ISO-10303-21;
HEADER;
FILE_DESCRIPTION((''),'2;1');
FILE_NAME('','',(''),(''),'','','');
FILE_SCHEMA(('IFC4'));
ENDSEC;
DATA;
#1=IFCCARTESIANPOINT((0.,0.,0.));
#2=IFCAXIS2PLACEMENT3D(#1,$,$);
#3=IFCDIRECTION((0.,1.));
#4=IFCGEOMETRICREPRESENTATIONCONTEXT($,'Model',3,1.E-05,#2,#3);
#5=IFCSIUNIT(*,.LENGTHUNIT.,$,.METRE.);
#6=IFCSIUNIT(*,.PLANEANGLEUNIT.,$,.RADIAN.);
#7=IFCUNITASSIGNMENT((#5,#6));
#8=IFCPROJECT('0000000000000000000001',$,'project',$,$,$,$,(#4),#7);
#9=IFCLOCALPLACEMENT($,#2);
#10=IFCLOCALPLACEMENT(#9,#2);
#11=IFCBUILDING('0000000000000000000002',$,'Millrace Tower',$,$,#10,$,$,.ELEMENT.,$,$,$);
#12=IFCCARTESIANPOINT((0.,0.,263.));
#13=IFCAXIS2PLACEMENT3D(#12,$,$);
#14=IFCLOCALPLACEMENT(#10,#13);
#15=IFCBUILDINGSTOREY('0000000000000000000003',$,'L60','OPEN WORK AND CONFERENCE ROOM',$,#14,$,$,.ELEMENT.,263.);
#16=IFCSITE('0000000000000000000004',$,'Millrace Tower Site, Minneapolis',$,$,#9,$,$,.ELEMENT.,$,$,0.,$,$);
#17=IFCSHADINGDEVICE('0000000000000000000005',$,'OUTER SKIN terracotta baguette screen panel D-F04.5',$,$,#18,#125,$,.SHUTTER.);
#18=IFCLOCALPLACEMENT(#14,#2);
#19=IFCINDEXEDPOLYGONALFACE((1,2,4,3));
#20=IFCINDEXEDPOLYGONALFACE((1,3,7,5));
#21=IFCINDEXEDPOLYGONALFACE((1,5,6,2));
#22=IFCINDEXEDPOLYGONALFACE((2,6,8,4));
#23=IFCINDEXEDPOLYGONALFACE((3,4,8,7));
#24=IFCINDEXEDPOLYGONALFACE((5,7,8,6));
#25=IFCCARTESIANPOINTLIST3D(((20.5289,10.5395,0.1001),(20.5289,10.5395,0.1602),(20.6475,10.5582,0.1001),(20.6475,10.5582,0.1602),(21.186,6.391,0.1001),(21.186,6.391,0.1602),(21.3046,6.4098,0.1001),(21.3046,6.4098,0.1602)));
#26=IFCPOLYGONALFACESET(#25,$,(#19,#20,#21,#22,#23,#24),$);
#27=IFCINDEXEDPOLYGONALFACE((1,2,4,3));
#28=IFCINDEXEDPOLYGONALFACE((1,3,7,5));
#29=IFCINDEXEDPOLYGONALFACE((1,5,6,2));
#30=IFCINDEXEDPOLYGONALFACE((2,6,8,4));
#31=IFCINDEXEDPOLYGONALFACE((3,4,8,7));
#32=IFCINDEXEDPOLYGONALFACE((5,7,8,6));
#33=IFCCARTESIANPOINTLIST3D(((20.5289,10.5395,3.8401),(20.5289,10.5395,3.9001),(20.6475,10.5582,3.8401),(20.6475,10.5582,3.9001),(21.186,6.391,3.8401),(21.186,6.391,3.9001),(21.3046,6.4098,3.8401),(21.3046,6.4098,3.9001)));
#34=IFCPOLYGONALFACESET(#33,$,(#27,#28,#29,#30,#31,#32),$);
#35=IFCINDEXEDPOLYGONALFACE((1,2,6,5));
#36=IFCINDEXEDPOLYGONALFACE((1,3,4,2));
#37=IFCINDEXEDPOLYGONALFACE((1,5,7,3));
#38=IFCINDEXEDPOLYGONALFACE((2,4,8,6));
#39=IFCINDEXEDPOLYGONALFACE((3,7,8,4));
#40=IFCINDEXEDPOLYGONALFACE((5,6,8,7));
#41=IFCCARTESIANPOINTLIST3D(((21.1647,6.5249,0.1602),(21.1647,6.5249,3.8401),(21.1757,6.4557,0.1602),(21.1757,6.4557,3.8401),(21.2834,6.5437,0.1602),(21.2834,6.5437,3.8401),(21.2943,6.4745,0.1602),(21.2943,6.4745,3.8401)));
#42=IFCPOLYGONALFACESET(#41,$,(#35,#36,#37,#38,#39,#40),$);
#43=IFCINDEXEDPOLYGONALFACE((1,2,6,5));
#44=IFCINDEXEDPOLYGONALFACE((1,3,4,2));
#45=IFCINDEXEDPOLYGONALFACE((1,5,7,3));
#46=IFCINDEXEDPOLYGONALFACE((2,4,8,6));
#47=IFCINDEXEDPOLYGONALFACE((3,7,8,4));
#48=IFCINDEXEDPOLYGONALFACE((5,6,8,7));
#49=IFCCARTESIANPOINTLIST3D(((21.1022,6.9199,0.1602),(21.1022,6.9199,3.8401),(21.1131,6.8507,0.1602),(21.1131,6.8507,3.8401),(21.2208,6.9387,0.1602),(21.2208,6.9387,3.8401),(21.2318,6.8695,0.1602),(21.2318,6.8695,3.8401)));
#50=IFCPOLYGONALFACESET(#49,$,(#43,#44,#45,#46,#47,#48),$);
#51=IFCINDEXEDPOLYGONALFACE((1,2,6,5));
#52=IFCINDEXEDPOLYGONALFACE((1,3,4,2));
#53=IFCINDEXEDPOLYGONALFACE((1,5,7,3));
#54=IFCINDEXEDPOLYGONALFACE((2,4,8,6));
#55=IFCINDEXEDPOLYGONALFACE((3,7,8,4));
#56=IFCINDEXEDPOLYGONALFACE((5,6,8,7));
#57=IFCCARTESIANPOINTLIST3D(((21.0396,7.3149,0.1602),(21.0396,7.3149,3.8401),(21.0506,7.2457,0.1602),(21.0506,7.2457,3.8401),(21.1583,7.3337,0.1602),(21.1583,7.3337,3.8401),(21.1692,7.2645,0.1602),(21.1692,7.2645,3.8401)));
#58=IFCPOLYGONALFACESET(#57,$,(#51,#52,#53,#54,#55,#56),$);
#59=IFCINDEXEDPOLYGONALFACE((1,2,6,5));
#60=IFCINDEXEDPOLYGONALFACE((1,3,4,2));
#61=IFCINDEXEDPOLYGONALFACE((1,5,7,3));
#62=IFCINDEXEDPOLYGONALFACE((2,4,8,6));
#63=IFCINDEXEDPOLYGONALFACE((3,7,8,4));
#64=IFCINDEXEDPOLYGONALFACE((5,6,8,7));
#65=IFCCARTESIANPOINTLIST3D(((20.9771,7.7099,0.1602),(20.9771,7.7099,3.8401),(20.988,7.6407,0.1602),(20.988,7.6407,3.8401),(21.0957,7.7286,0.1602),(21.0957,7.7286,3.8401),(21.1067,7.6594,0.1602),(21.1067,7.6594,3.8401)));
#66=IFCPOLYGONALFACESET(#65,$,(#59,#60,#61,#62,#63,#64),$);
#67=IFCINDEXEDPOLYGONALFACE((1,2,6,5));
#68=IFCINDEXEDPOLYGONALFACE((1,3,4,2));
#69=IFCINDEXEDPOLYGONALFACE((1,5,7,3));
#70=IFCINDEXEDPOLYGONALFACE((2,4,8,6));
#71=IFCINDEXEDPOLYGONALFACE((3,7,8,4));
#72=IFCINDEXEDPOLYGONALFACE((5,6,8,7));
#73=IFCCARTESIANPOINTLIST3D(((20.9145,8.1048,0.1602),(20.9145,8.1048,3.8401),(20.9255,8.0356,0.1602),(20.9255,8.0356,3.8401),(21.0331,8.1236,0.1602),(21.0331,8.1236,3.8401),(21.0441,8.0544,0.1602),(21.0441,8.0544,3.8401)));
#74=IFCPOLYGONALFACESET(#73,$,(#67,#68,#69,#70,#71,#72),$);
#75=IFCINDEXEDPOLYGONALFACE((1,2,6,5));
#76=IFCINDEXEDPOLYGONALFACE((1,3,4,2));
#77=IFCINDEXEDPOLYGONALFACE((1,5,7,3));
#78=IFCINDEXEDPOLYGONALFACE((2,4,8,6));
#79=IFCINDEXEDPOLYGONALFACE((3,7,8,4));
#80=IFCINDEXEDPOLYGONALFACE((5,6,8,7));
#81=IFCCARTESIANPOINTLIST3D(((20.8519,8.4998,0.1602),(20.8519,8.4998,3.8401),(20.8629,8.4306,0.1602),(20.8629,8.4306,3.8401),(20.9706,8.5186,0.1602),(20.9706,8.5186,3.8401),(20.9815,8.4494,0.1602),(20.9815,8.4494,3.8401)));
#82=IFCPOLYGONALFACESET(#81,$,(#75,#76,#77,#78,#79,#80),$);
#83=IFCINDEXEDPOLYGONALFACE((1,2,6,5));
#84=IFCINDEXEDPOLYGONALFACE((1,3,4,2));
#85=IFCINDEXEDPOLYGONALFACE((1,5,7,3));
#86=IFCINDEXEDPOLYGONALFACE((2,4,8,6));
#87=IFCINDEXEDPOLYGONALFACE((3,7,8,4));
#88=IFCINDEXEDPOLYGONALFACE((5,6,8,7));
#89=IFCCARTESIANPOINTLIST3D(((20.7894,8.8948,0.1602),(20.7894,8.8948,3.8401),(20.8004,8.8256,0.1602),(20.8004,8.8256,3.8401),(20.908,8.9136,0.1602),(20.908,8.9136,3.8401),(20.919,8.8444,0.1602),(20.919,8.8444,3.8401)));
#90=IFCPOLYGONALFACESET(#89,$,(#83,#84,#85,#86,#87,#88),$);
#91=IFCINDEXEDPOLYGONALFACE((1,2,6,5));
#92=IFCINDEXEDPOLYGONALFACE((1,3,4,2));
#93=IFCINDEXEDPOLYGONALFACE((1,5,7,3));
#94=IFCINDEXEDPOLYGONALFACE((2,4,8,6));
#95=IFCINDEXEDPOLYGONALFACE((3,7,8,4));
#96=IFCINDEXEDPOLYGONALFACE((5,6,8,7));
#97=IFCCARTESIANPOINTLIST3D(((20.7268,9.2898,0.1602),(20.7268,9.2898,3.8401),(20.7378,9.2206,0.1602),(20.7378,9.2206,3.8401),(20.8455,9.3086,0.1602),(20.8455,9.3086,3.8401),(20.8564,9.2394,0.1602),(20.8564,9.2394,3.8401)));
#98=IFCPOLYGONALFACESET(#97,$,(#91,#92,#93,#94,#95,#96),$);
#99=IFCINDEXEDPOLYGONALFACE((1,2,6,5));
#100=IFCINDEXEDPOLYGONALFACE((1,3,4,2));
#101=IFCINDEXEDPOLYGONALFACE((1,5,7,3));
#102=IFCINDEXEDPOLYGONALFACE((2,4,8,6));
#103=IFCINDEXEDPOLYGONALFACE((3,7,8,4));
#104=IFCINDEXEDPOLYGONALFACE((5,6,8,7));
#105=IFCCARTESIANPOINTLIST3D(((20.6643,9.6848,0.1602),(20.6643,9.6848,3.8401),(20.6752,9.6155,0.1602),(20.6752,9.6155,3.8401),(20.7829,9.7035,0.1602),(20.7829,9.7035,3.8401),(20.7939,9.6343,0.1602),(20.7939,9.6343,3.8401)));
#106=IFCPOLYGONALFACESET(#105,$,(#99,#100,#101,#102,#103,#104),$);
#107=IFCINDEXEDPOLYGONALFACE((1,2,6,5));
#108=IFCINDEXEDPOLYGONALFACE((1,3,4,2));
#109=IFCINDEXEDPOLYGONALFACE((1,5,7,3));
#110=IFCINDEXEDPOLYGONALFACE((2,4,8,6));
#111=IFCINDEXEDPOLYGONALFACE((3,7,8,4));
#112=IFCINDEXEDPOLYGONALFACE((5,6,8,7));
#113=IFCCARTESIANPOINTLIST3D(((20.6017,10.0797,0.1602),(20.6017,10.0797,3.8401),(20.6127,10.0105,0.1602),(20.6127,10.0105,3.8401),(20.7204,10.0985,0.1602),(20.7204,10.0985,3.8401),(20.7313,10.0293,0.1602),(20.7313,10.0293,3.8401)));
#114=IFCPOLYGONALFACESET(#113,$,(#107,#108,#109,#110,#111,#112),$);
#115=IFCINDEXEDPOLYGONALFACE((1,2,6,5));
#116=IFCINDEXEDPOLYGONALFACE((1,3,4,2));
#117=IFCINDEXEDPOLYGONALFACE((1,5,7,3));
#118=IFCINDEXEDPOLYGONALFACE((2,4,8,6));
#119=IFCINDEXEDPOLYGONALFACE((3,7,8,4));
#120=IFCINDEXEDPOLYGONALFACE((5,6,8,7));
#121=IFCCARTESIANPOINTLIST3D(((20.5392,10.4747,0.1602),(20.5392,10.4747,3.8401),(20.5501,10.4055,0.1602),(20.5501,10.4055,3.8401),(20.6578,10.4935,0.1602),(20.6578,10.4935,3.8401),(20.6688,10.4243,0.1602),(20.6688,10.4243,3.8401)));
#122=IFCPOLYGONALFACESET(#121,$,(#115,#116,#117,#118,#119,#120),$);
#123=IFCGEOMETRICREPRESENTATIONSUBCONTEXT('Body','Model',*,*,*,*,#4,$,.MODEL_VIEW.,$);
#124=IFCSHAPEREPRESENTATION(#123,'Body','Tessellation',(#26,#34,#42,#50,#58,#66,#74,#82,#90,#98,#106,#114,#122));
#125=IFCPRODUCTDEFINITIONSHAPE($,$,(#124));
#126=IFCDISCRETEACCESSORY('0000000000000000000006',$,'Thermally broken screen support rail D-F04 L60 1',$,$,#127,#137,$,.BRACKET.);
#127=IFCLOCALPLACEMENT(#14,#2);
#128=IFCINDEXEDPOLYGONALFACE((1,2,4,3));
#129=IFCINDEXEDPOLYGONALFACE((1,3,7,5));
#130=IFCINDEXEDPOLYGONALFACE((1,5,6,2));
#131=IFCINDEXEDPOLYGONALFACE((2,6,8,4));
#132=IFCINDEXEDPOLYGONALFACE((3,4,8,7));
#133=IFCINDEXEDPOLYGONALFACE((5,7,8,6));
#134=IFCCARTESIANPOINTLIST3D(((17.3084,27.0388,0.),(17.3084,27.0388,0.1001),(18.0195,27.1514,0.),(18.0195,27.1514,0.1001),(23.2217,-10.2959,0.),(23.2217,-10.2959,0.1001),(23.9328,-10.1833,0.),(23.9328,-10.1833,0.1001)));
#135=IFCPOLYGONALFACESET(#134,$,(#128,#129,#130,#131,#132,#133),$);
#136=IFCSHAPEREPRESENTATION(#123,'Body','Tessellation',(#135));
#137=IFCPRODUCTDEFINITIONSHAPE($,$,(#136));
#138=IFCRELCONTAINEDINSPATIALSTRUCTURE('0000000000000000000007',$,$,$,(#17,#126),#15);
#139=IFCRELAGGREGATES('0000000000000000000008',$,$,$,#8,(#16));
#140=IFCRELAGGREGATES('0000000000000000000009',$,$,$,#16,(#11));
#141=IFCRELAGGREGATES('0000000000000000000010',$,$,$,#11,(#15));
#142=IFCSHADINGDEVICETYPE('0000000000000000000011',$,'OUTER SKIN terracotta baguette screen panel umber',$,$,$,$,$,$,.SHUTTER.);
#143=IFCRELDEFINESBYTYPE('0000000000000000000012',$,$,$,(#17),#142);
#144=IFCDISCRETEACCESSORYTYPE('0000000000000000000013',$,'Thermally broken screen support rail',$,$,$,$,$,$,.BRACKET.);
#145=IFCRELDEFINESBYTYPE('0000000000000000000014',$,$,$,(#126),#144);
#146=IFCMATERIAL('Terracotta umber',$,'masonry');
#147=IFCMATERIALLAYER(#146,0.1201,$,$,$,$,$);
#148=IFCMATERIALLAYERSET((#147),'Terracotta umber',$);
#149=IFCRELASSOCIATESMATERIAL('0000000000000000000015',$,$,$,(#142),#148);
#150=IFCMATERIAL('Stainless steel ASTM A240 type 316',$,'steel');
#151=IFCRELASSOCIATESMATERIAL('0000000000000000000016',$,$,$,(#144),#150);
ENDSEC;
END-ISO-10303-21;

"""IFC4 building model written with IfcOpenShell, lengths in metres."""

from ifc_helpers import new_model, entity, si_unit, direction, frame, frame_2d, origin, origin_2d, place, context, subcontext, project, spatial, rectangle, extrude, source, transform, mapped, material, layer, layer_set, type_object, element, save


model = new_model("IFC4")

# Units and contexts
model_context = context("Model", 3, precision=1e-05, world=origin(), true_north=direction((0.0, 1.0)))
body_context = subcontext(model_context, "Body", "Model", "MODEL_VIEW")
ifc_project = project(units=[si_unit("LENGTHUNIT", "METRE"), si_unit("PLANEANGLEUNIT", "RADIAN")], contexts=[model_context])

# Site, building, storey
site_placement = place(None, origin())
site = spatial("IfcSite", under=ifc_project, at=site_placement, Name="Millrace Tower Site, Minneapolis", CompositionType="ELEMENT", RefElevation=0.0)
building_placement = place(site_placement, origin())
building = spatial("IfcBuilding", under=site, at=building_placement, Name="Millrace Tower", CompositionType="ELEMENT")
storey_placement = place(building_placement, frame((0.0, 0.0, 263.0)))
storey = spatial("IfcBuildingStorey", under=building, at=storey_placement, Name="L60", Description="OPEN WORK AND CONFERENCE ROOM", CompositionType="ELEMENT", Elevation=263.0)

# Shading device
ifc_material_1 = material(Name="Terracotta umber", Category="masonry")
ifc_layer_1 = layer(ifc_material_1, 0.1201)
ifc_layer_set_1 = layer_set([ifc_layer_1], Name="Terracotta umber")
shading_device_type = type_object("IfcShadingDeviceType", Name="OUTER SKIN terracotta baguette screen panel umber", PredefinedType="SHUTTER", material=ifc_layer_set_1)
cartesian_point = entity("IfcCartesianPoint", [-2.1001, 0.0601])
shared_polyline = entity("IfcPolyline", [cartesian_point, entity("IfcCartesianPoint", [2.1001, 0.0601]), entity("IfcCartesianPoint", [2.1001, -0.0601]), entity("IfcCartesianPoint", [-2.1001, -0.0601]), cartesian_point])
shared_shape = source(origin(), body_context, "Body", "SweptSolid", [
    entity("IfcExtrudedAreaSolid", entity("IfcArbitraryClosedProfileDef", "AREA", None, shared_polyline), entity("IfcAxis2Placement3D", entity("IfcCartesianPoint", [0.0, 0.0, 0.0])), entity("IfcDirection", [0.0, 0.0, 1.0]), 0.0601),
    entity("IfcExtrudedAreaSolid", entity("IfcArbitraryClosedProfileDef", "AREA", None, shared_polyline), entity("IfcAxis2Placement3D", entity("IfcCartesianPoint", [0.0, 0.0, 3.74])), entity("IfcDirection", [0.0, 0.0, 1.0]), 0.0601),
    extrude(rectangle(XDim=0.0701, YDim=0.1201, at=frame_2d((-1.9995, 0.0))), frame((0.0, 0.0, 0.0601)), (0.0, 0.0, 1.0), 3.6799),
    extrude(rectangle(XDim=0.0701, YDim=0.1201, at=frame_2d((-1.5996, 0.0))), frame((0.0, 0.0, 0.0601)), (0.0, 0.0, 1.0), 3.6799),
    extrude(rectangle(XDim=0.0701, YDim=0.1201, at=frame_2d((-1.1997, 0.0))), frame((0.0, 0.0, 0.0601)), (0.0, 0.0, 1.0), 3.6799),
    extrude(rectangle(XDim=0.0701, YDim=0.1201, at=frame_2d((-0.7998, 0.0))), frame((0.0, 0.0, 0.0601)), (0.0, 0.0, 1.0), 3.6799),
    extrude(rectangle(XDim=0.0701, YDim=0.1201, at=frame_2d((-0.3999, 0.0))), frame((0.0, 0.0, 0.0601)), (0.0, 0.0, 1.0), 3.6799),
    extrude(rectangle(XDim=0.0701, YDim=0.1201, at=origin_2d()), frame((0.0, 0.0, 0.0601)), (0.0, 0.0, 1.0), 3.6799),
    extrude(rectangle(XDim=0.0701, YDim=0.1201, at=frame_2d((0.3999, 0.0))), frame((0.0, 0.0, 0.0601)), (0.0, 0.0, 1.0), 3.6799),
    extrude(rectangle(XDim=0.0701, YDim=0.1201, at=frame_2d((0.7998, 0.0))), frame((0.0, 0.0, 0.0601)), (0.0, 0.0, 1.0), 3.6799),
    extrude(rectangle(XDim=0.0701, YDim=0.1201, at=frame_2d((1.1997, 0.0))), frame((0.0, 0.0, 0.0601)), (0.0, 0.0, 1.0), 3.6799),
    extrude(rectangle(XDim=0.0701, YDim=0.1201, at=frame_2d((1.5996, 0.0))), frame((0.0, 0.0, 0.0601)), (0.0, 0.0, 1.0), 3.6799),
    extrude(rectangle(XDim=0.0701, YDim=0.1201, at=frame_2d((1.9995, 0.0))), frame((0.0, 0.0, 0.0601)), (0.0, 0.0, 1.0), 3.6799),
])
for number, where, z_axis, x_axis, name in (
    (1, (20.9167, 8.4746, 0.1001), (0.0, 0.0, 1.0), (-0.156434, 0.987688, 0.0), "OUTER SKIN terracotta baguette screen panel D-F04.5"),
):
    element("IfcShadingDevice", number, at=place(storey_placement, frame(where, z_axis=z_axis, x_axis=x_axis)), inside=storey, type_object=shading_device_type, Name=name, PredefinedType="SHUTTER", context=body_context, shape_type="MappedRepresentation", body=[
        mapped(shared_shape, transform((0.0, 0.0, 0.0), scale=1.0)),
    ])

# Discrete accessory
ifc_material_2 = material(Name="Stainless steel ASTM A240 type 316", Category="steel")
discrete_accessory_type = type_object("IfcDiscreteAccessoryType", Name="Thermally broken screen support rail", PredefinedType="BRACKET", material=ifc_material_2)
discrete_accessory_placement = place(storey_placement, frame((20.6206, 8.4277, 0.0), z_axis=(0.0, 0.0, 1.0), x_axis=(-0.156434, 0.987688, 0.0)))
element("IfcDiscreteAccessory", 2, at=discrete_accessory_placement, inside=storey, type_object=discrete_accessory_type, Name="Thermally broken screen support rail D-F04 L60 1", PredefinedType="BRACKET", context=body_context, shape_type="SweptSolid", body=[
    extrude(rectangle(XDim=37.8, YDim=0.72, at=origin_2d()), origin(), (0.0, 0.0, 1.0), 0.1001),
])

save(model, "model.ifc")
